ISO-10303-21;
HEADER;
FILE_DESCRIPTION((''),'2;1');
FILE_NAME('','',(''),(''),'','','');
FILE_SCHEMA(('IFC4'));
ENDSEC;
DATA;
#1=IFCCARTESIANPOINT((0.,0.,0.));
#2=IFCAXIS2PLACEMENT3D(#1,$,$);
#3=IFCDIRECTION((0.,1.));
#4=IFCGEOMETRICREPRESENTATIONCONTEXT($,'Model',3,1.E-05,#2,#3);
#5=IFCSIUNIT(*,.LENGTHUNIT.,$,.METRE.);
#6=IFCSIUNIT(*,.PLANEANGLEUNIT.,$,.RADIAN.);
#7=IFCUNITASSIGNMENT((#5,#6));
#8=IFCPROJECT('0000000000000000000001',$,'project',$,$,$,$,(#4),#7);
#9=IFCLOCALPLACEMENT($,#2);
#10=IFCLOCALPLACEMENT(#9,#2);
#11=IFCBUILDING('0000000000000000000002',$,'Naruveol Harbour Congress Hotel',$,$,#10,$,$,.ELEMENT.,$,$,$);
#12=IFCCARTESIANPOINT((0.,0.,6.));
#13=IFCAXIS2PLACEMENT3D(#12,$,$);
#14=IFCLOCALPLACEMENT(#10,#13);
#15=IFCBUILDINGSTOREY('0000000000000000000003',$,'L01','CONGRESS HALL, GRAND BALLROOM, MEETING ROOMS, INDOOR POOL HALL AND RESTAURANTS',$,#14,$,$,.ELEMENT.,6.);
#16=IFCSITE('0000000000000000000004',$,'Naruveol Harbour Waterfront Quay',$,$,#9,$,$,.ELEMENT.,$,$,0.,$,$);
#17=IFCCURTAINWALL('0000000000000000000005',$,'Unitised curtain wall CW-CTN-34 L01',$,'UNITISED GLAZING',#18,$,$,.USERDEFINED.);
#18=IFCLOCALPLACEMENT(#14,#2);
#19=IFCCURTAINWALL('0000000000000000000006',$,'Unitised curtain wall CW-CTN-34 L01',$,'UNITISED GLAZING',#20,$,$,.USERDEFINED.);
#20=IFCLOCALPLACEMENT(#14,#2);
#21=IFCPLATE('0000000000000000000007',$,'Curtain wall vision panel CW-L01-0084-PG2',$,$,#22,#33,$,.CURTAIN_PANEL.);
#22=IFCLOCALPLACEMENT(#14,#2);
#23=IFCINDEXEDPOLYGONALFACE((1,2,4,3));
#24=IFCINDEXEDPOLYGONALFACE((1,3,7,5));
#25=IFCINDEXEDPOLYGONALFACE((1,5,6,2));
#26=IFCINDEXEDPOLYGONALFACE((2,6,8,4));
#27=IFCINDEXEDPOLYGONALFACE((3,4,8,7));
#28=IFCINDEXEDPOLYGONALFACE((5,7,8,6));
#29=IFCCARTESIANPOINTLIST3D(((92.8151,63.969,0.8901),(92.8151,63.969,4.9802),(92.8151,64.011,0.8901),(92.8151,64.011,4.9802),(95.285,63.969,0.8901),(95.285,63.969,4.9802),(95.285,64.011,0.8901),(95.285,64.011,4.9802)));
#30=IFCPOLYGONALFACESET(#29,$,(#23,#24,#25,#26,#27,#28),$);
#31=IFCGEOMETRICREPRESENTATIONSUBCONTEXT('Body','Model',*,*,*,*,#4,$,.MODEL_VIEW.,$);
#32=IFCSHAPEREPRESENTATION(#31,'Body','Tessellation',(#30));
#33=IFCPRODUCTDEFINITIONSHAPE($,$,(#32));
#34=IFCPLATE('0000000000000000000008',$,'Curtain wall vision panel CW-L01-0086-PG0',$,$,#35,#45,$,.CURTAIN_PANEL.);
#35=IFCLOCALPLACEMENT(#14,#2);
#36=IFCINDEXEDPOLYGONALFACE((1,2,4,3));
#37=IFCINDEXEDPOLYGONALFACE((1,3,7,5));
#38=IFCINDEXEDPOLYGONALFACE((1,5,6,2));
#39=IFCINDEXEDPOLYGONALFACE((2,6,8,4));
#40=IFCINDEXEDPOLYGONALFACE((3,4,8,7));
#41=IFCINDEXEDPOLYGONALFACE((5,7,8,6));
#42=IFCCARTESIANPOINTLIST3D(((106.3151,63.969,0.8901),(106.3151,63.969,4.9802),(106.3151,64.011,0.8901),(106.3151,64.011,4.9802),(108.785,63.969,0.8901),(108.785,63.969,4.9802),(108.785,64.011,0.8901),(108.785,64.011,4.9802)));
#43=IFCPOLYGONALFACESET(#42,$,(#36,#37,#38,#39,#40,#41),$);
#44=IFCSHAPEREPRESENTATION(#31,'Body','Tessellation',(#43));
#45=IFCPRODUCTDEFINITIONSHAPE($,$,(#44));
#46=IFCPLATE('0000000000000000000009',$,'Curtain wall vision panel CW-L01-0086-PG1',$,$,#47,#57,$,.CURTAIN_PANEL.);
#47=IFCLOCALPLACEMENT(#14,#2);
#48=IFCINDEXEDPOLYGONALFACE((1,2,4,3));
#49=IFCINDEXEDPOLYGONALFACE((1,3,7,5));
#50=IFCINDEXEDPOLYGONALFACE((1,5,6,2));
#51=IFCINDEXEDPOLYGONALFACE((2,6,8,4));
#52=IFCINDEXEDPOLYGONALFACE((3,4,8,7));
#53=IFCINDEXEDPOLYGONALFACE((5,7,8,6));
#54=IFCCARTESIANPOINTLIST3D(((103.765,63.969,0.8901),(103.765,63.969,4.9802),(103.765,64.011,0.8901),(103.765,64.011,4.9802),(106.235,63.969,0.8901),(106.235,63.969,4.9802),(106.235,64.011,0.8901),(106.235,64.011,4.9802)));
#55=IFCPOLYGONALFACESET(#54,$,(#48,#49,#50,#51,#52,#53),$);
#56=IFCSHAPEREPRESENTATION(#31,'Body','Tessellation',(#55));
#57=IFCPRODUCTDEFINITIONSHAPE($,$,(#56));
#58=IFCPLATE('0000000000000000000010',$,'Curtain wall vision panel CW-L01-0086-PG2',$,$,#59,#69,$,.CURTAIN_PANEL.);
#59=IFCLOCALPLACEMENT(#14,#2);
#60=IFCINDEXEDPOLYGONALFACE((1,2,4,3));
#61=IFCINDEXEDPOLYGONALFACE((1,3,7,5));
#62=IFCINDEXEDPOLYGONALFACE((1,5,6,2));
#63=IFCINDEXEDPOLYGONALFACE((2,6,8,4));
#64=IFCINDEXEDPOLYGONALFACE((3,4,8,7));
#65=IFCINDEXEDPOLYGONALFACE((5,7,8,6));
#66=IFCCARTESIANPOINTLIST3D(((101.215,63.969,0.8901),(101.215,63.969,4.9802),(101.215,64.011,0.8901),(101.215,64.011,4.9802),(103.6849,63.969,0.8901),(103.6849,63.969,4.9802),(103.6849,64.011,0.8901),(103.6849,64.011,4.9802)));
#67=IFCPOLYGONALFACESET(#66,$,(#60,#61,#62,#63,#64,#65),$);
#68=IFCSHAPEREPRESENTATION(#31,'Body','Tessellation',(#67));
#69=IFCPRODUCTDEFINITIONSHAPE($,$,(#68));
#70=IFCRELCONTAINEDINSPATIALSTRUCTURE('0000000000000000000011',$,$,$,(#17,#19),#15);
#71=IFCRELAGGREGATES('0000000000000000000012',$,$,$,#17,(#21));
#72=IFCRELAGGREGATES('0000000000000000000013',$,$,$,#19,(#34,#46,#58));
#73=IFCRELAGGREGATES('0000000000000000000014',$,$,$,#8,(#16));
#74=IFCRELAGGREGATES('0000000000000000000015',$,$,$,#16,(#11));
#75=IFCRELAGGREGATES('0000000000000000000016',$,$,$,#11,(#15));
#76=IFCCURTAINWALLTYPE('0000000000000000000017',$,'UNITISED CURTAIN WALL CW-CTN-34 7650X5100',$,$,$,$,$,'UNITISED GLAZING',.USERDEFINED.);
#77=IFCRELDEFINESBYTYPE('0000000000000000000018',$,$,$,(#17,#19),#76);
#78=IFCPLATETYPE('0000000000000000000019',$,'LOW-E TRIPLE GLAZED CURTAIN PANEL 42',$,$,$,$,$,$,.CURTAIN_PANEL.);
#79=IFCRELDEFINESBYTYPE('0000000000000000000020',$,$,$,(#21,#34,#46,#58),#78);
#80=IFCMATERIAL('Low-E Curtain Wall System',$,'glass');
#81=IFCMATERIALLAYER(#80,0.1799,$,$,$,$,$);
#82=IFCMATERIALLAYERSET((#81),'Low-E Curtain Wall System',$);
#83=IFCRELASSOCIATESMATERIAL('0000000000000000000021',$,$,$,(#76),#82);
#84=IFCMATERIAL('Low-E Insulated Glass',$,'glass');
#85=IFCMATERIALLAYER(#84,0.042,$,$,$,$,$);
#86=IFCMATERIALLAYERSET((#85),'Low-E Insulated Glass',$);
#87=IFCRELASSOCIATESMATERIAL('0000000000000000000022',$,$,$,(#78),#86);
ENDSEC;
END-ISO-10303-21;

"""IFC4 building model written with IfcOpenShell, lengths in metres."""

from ifc_helpers import new_model, si_unit, direction, frame, origin, origin_2d, place, context, subcontext, project, spatial, rectangle, extrude, material, layer, layer_set, type_object, element, aggregate, save


model = new_model("IFC4")

# Units and contexts
model_context = context("Model", 3, precision=1e-05, world=origin(), true_north=direction((0.0, 1.0)))
body_context = subcontext(model_context, "Body", "Model", "MODEL_VIEW")
ifc_project = project(units=[si_unit("LENGTHUNIT", "METRE"), si_unit("PLANEANGLEUNIT", "RADIAN")], contexts=[model_context])

# Site, building, storey
site_placement = place(None, origin())
site = spatial("IfcSite", under=ifc_project, at=site_placement, Name="Naruveol Harbour Waterfront Quay", CompositionType="ELEMENT", RefElevation=0.0)
building_placement = place(site_placement, origin())
building = spatial("IfcBuilding", under=site, at=building_placement, Name="Naruveol Harbour Congress Hotel", CompositionType="ELEMENT")
storey_placement = place(building_placement, frame((0.0, 0.0, 6.0)))
storey = spatial("IfcBuildingStorey", under=building, at=storey_placement, Name="L01", Description="CONGRESS HALL, GRAND BALLROOM, MEETING ROOMS, INDOOR POOL HALL AND RESTAURANTS", CompositionType="ELEMENT", Elevation=6.0)

# Shared definitions
ifc_material_1 = material(Name="Low-E Curtain Wall System", Category="glass")
ifc_layer_1 = layer(ifc_material_1, 0.1799)
ifc_layer_set_1 = layer_set([ifc_layer_1], Name="Low-E Curtain Wall System")
curtain_wall_type = type_object("IfcCurtainWallType", Name="UNITISED CURTAIN WALL CW-CTN-34 7650X5100", ElementType="UNITISED GLAZING", PredefinedType="USERDEFINED", material=ifc_layer_set_1)

# Curtain walls
curtain_wall_1_placement = place(storey_placement, origin())
curtain_wall_1 = element("IfcCurtainWall", 1, at=curtain_wall_1_placement, inside=storey, type_object=curtain_wall_type, Name="Unitised curtain wall CW-CTN-34 L01", ObjectType="UNITISED GLAZING", PredefinedType="USERDEFINED")
curtain_wall_2_placement = place(storey_placement, origin())
curtain_wall_2 = element("IfcCurtainWall", 2, at=curtain_wall_2_placement, inside=storey, type_object=curtain_wall_type, Name="Unitised curtain wall CW-CTN-34 L01", ObjectType="UNITISED GLAZING", PredefinedType="USERDEFINED")

# Plates
ifc_material_2 = material(Name="Low-E Insulated Glass", Category="glass")
ifc_layer_2 = layer(ifc_material_2, 0.042)
ifc_layer_set_2 = layer_set([ifc_layer_2], Name="Low-E Insulated Glass")
plate_type_1 = type_object("IfcPlateType", Name="LOW-E TRIPLE GLAZED CURTAIN PANEL 42", PredefinedType="CURTAIN_PANEL", material=ifc_layer_set_2)
plate_1_placement = place(storey_placement, frame((94.05, 63.99, 0.8901), z_axis=(0.0, 0.0, 1.0), x_axis=(-1.0, 0.0, 0.0)))
plate_1 = element("IfcPlate", 3, at=plate_1_placement, type_object=plate_type_1, Name="Curtain wall vision panel CW-L01-0084-PG2", PredefinedType="CURTAIN_PANEL", context=body_context, shape_type="SweptSolid", body=[
    extrude(rectangle(XDim=2.47, YDim=0.042, at=origin_2d()), origin(), (0.0, 0.0, 1.0), 4.0901),
])
aggregate(curtain_wall_1, [plate_1])
plate_2_placement = place(storey_placement, frame((107.55, 63.99, 0.8901), z_axis=(0.0, 0.0, 1.0), x_axis=(-1.0, 0.0, 0.0)))
plate_2 = element("IfcPlate", 4, at=plate_2_placement, type_object=plate_type_1, Name="Curtain wall vision panel CW-L01-0086-PG0", PredefinedType="CURTAIN_PANEL", context=body_context, shape_type="SweptSolid", body=[
    extrude(rectangle(XDim=2.47, YDim=0.042, at=origin_2d()), origin(), (0.0, 0.0, 1.0), 4.0901),
])
plate_3_placement = place(storey_placement, frame((105.0, 63.99, 0.8901), z_axis=(0.0, 0.0, 1.0), x_axis=(-1.0, 0.0, 0.0)))
plate_3 = element("IfcPlate", 5, at=plate_3_placement, type_object=plate_type_1, Name="Curtain wall vision panel CW-L01-0086-PG1", PredefinedType="CURTAIN_PANEL", context=body_context, shape_type="SweptSolid", body=[
    extrude(rectangle(XDim=2.47, YDim=0.042, at=origin_2d()), origin(), (0.0, 0.0, 1.0), 4.0901),
])
plate_4_placement = place(storey_placement, frame((102.45, 63.99, 0.8901), z_axis=(0.0, 0.0, 1.0), x_axis=(-1.0, 0.0, 0.0)))
plate_4 = element("IfcPlate", 6, at=plate_4_placement, type_object=plate_type_1, Name="Curtain wall vision panel CW-L01-0086-PG2", PredefinedType="CURTAIN_PANEL", context=body_context, shape_type="SweptSolid", body=[
    extrude(rectangle(XDim=2.47, YDim=0.042, at=origin_2d()), origin(), (0.0, 0.0, 1.0), 4.0901),
])
aggregate(curtain_wall_2, [plate_2, plate_3, plate_4])

save(model, "model.ifc")
